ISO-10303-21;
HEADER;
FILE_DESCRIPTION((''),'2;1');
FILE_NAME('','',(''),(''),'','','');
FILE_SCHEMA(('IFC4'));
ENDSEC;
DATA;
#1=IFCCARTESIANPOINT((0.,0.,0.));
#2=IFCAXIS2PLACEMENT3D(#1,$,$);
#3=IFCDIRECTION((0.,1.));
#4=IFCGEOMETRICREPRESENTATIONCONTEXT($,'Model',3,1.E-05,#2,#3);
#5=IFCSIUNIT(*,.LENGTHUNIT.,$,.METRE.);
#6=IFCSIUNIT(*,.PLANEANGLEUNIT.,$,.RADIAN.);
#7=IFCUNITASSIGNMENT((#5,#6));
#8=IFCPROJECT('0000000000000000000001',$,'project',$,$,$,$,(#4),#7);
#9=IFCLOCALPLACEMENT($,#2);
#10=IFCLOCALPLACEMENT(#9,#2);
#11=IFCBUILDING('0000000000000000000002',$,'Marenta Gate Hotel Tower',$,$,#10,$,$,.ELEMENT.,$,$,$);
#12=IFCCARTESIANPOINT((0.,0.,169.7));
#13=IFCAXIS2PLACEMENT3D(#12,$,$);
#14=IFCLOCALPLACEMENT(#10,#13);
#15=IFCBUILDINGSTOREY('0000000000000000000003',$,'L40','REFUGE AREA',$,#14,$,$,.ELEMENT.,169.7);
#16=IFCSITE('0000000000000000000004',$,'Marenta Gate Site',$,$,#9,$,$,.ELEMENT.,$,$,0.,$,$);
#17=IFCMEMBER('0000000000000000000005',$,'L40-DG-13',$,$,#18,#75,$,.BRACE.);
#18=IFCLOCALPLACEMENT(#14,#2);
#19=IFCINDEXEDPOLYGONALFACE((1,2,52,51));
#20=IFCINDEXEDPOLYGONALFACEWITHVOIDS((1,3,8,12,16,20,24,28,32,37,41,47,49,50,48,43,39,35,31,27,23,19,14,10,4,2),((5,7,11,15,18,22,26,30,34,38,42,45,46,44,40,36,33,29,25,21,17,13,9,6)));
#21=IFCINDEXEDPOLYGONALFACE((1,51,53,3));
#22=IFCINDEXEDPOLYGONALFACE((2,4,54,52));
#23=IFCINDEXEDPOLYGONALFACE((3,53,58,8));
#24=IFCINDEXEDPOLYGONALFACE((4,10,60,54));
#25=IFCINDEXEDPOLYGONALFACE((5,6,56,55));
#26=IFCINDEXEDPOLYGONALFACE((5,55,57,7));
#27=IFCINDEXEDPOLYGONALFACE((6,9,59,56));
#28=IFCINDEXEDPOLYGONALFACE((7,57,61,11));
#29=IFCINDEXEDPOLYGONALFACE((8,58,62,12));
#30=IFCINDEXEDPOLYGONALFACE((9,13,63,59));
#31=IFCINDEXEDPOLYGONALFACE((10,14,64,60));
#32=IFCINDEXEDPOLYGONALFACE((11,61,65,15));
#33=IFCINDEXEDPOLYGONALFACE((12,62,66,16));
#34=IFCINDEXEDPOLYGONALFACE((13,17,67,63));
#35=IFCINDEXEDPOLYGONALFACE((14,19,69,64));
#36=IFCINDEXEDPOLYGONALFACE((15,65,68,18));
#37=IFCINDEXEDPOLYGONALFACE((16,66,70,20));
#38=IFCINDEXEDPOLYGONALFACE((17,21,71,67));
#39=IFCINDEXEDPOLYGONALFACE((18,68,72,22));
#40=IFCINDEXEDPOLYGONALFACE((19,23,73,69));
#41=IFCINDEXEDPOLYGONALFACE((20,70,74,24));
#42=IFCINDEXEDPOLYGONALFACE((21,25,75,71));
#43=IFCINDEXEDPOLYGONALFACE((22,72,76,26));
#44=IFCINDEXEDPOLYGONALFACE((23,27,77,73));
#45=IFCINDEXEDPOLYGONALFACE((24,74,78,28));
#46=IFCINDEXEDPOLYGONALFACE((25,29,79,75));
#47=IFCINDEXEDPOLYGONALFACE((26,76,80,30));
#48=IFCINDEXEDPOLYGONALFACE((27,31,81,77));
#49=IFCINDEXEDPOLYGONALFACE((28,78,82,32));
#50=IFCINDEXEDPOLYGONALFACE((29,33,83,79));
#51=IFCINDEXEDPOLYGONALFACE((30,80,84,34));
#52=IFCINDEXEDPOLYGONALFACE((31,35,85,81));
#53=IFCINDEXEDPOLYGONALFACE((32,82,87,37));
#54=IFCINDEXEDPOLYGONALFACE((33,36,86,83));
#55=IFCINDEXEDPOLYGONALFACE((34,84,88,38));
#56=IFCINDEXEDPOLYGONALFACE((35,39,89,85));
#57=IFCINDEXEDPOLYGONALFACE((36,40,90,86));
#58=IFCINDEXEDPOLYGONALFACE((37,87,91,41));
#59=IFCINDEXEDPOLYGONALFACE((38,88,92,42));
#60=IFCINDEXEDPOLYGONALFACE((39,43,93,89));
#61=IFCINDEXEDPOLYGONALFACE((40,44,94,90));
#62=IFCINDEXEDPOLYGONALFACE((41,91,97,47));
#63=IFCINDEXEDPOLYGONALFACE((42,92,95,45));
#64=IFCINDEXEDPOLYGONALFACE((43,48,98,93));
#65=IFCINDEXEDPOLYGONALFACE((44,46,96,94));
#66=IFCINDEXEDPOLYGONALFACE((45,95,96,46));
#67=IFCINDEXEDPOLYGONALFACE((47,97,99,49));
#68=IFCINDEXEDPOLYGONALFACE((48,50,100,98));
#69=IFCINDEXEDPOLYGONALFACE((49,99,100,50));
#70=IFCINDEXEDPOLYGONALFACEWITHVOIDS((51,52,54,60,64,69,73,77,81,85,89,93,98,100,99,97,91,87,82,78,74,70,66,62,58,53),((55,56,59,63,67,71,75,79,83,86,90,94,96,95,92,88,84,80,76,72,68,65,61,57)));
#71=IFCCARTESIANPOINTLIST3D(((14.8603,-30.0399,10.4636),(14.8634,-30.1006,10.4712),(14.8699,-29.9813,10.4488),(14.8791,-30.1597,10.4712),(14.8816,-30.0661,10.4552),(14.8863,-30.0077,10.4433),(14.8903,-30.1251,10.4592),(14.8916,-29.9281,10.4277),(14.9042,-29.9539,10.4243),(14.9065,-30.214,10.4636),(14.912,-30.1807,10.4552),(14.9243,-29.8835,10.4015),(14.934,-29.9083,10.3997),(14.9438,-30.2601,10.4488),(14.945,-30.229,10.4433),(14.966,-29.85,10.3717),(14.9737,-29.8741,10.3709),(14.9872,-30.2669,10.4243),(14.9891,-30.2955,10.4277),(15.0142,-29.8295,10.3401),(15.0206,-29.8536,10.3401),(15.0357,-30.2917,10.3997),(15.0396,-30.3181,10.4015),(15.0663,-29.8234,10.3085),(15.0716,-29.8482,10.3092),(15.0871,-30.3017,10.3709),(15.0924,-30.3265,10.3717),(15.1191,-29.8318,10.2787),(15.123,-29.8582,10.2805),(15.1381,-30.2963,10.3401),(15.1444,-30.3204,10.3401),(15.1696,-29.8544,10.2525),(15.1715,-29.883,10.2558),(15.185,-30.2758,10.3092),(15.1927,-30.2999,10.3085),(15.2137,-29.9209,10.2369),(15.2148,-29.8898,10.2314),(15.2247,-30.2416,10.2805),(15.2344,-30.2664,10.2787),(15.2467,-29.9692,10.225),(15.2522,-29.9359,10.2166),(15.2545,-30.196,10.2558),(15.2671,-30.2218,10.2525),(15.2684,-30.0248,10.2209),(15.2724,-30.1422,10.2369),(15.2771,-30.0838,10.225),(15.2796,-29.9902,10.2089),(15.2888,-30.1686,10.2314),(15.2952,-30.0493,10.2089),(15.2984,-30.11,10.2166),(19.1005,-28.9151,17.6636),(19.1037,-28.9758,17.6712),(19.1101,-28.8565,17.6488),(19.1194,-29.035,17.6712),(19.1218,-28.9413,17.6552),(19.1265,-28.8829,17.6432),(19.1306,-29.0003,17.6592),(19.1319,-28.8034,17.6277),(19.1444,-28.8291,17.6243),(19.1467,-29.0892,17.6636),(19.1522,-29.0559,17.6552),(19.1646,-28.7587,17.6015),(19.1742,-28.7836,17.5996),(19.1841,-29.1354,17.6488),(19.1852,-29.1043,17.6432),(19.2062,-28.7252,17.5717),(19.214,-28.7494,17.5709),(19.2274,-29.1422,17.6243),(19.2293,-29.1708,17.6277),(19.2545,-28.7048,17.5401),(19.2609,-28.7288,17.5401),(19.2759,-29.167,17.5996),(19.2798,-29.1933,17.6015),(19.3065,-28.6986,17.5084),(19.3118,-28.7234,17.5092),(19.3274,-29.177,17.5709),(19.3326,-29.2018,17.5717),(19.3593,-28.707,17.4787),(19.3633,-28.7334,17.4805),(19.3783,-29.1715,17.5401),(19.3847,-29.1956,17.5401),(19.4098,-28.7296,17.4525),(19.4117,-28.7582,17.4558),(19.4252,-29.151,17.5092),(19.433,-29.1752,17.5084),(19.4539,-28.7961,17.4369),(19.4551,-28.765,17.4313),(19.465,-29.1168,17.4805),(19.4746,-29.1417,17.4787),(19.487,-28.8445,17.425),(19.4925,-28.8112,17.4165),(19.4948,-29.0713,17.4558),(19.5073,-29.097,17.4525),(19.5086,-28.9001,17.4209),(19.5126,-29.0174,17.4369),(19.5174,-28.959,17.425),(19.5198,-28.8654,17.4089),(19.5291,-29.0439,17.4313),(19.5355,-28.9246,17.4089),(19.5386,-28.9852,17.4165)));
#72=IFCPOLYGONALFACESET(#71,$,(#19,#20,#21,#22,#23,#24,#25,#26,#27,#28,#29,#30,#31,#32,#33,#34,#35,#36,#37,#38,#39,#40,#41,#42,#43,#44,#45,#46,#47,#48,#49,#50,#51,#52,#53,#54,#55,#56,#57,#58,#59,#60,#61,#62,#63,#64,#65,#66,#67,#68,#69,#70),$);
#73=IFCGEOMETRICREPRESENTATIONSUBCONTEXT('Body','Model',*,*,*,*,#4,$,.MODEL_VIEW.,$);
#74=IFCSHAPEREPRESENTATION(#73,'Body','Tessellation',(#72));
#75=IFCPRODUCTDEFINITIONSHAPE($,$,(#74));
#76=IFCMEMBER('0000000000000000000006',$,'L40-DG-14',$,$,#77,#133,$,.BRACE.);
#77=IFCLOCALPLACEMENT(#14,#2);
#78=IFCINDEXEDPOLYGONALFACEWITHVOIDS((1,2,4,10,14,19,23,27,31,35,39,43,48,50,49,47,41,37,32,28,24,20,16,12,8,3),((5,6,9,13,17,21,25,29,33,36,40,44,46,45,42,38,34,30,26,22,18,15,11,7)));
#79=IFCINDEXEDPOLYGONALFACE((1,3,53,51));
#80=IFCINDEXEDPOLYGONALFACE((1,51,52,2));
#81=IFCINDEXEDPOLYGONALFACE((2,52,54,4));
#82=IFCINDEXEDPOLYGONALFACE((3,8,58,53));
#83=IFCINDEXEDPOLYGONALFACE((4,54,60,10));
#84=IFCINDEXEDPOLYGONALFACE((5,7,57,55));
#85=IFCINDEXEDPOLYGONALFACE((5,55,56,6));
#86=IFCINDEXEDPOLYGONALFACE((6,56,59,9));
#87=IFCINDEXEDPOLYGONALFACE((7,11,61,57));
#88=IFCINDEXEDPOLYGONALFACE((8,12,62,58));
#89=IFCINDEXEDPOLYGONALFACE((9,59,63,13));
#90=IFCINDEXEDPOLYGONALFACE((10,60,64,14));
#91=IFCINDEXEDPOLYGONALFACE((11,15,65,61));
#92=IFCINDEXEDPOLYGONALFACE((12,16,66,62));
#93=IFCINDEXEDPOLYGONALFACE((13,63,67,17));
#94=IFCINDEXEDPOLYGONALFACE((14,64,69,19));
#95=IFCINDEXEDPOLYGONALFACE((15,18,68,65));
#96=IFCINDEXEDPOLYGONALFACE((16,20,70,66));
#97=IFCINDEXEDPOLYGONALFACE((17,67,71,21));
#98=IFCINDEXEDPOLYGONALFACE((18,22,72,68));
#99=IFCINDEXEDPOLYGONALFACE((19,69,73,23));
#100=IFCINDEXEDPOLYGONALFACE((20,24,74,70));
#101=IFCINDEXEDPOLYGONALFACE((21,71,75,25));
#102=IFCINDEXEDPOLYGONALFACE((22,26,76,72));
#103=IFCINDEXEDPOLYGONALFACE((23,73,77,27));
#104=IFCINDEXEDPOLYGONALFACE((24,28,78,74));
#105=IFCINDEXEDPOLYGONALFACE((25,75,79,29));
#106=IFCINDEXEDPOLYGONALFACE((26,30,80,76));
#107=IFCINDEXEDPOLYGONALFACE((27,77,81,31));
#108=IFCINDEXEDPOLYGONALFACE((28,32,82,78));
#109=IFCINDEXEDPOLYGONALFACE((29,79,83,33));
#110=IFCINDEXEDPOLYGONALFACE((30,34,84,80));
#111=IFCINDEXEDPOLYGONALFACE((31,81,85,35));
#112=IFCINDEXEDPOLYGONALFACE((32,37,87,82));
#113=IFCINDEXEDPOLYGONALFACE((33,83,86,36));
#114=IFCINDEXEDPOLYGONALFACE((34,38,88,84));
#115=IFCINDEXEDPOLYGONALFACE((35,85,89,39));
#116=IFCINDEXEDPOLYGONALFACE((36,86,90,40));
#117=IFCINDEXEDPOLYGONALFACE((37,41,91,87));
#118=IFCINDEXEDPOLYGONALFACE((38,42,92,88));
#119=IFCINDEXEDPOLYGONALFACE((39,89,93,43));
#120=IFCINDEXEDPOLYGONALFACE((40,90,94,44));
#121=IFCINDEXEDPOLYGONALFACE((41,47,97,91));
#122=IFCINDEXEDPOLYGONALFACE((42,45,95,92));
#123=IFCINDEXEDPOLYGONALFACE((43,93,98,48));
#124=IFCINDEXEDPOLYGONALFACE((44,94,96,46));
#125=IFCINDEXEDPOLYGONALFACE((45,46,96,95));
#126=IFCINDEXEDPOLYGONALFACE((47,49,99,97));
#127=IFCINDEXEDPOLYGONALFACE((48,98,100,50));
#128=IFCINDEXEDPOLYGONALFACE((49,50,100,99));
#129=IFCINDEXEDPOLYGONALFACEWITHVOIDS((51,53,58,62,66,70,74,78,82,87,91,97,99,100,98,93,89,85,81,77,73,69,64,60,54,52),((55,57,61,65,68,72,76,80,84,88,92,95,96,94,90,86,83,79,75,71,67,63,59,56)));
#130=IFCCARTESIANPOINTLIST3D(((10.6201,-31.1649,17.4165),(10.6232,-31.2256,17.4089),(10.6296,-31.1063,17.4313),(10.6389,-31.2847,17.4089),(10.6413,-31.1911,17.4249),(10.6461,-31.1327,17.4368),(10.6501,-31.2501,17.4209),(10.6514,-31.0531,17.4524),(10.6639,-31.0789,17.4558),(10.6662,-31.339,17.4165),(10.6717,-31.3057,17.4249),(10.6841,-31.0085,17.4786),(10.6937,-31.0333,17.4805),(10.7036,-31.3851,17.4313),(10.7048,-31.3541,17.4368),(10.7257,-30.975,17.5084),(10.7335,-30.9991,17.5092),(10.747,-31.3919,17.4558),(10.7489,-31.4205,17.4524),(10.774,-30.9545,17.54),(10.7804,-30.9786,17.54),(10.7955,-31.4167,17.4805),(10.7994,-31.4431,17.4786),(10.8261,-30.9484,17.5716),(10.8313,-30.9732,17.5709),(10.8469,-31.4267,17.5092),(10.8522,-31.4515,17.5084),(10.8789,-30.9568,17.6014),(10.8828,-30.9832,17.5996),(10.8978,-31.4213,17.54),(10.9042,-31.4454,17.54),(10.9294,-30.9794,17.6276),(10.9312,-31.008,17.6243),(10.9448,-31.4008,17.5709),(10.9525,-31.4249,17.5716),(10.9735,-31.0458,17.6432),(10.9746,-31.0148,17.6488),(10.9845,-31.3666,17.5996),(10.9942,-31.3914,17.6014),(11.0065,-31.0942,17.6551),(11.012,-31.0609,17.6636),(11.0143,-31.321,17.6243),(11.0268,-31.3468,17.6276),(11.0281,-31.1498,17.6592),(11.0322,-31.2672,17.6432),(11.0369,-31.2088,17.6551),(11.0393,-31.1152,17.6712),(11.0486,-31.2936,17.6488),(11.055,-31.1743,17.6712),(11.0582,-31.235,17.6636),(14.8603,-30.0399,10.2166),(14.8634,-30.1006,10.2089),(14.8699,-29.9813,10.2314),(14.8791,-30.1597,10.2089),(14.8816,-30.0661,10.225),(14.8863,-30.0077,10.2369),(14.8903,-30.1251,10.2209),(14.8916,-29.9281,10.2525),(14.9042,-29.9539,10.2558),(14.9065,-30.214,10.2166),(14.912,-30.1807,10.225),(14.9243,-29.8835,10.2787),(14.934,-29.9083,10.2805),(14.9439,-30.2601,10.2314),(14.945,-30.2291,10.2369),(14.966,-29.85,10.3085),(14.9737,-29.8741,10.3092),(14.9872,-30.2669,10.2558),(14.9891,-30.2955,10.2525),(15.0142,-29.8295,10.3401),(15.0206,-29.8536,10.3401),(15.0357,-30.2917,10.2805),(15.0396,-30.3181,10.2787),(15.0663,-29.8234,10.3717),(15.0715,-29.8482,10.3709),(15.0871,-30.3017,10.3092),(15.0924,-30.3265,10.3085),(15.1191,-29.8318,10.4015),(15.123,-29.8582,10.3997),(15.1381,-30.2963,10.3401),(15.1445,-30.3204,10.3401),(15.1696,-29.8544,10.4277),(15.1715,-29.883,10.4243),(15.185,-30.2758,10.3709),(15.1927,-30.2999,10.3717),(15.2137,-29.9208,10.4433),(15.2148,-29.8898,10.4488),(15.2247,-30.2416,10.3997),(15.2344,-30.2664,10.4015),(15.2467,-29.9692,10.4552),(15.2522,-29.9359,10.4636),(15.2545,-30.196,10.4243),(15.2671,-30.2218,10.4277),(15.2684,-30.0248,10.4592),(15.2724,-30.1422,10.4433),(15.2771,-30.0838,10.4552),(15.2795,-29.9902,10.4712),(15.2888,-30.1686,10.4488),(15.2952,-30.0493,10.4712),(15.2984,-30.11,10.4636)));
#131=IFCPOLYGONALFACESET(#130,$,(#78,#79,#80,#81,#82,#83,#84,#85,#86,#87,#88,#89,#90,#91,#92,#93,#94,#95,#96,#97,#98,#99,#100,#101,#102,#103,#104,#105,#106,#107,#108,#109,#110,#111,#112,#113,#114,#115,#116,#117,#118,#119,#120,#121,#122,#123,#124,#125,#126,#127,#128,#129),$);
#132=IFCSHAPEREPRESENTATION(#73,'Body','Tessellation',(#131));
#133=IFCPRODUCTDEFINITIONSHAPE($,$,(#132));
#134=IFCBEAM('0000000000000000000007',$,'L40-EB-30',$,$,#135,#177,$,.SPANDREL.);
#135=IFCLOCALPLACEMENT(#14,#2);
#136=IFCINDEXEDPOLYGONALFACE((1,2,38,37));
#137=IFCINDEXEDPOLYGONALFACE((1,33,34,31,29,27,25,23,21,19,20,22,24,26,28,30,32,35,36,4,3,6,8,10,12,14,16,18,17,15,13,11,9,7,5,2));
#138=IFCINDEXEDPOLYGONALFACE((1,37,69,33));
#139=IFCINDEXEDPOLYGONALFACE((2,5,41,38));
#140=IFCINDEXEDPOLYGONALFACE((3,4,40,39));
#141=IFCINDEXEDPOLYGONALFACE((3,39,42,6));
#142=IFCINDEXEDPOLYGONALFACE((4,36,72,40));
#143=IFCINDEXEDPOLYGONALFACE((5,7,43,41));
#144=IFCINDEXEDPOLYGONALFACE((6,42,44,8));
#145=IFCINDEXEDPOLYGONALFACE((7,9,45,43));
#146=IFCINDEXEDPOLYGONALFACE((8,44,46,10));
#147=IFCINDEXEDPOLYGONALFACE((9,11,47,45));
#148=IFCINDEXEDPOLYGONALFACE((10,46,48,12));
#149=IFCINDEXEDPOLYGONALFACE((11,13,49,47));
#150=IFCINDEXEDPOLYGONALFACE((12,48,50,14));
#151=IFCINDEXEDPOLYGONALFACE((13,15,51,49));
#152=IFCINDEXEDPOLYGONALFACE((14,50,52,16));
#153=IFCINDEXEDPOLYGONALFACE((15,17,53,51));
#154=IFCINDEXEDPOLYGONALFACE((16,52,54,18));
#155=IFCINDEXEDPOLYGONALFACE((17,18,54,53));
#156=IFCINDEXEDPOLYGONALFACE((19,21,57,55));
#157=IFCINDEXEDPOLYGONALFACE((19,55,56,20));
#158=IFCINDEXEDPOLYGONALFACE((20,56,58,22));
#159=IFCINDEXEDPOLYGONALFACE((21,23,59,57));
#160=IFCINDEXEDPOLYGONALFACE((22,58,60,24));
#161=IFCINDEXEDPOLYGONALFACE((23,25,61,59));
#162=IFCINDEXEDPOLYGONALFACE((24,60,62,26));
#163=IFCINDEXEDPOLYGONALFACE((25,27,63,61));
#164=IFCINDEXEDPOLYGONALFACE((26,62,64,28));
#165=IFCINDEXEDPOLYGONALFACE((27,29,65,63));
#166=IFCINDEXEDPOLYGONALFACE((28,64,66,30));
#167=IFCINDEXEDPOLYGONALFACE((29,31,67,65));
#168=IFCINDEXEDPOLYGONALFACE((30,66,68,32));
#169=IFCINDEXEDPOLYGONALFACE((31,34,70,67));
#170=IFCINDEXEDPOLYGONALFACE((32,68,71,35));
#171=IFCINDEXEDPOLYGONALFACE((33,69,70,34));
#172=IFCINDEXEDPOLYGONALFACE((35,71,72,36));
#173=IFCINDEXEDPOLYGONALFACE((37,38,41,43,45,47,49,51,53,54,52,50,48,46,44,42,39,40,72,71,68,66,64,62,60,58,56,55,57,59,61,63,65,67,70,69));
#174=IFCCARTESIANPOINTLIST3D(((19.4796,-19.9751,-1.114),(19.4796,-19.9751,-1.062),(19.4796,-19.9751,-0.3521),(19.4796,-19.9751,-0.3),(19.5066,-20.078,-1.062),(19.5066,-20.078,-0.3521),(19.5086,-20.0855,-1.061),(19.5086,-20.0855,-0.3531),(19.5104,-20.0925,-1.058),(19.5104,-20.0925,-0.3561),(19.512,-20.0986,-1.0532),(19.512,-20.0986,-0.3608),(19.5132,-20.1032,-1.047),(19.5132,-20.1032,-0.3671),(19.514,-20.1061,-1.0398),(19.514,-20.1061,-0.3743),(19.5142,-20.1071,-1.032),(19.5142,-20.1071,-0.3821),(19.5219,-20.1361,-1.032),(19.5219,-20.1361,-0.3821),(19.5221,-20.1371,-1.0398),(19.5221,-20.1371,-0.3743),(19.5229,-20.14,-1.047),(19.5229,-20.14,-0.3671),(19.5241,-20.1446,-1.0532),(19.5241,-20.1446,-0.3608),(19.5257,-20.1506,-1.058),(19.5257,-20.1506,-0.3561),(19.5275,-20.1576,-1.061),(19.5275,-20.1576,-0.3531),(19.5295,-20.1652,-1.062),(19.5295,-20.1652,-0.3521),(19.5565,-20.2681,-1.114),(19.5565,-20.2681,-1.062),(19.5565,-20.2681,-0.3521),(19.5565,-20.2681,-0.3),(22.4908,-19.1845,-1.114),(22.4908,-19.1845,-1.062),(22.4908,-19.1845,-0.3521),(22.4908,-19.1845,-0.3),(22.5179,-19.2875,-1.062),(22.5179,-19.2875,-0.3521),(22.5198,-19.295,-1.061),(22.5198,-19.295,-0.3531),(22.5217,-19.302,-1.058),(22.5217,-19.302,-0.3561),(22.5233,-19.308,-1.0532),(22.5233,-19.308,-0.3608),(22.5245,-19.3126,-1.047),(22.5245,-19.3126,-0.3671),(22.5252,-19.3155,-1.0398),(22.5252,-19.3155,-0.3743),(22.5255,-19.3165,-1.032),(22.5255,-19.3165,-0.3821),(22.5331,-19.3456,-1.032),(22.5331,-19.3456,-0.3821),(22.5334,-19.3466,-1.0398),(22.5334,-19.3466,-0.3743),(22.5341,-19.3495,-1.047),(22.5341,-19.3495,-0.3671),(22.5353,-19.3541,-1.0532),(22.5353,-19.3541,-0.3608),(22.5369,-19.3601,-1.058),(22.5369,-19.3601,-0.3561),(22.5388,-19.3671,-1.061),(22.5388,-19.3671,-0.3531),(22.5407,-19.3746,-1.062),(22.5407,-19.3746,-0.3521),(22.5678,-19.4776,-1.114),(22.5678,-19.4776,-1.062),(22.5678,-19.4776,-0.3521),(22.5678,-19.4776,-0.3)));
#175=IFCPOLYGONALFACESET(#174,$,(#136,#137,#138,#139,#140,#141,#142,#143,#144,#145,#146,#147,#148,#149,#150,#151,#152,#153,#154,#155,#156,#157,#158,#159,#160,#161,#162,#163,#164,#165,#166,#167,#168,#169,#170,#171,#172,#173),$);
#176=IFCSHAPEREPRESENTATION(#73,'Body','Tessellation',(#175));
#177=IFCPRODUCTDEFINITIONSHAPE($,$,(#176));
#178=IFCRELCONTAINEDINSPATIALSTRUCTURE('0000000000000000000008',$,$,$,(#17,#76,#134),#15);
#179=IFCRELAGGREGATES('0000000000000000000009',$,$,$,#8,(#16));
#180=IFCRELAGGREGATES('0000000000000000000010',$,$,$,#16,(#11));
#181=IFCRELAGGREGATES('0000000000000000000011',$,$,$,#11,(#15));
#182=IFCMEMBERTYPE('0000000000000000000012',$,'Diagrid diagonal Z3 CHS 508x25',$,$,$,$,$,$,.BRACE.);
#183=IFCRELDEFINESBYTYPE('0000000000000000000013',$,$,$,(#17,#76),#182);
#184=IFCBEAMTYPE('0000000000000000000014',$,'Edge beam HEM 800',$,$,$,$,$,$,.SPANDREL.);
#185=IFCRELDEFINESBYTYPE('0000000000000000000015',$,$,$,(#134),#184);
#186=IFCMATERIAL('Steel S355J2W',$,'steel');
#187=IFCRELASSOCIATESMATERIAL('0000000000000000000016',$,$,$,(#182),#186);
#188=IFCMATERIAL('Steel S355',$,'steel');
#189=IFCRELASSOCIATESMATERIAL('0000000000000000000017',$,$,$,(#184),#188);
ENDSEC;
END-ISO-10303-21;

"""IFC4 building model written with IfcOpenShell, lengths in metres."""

from ifc_helpers import new_model, si_unit, direction, frame, origin, origin_2d, place, context, subcontext, project, spatial, hollow_circle, i_section, extrude, material, material_profile, profile_set, type_object, element, save


model = new_model("IFC4")

# Units and contexts
model_context = context("Model", 3, precision=1e-05, world=origin(), true_north=direction((0.0, 1.0)))
body_context = subcontext(model_context, "Body", "Model", "MODEL_VIEW")
ifc_project = project(units=[si_unit("LENGTHUNIT", "METRE"), si_unit("PLANEANGLEUNIT", "RADIAN")], contexts=[model_context])

# Site, building, storey
site_placement = place(None, origin())
site = spatial("IfcSite", under=ifc_project, at=site_placement, Name="Marenta Gate Site", CompositionType="ELEMENT", RefElevation=0.0)
building_placement = place(site_placement, origin())
building = spatial("IfcBuilding", under=site, at=building_placement, Name="Marenta Gate Hotel Tower", CompositionType="ELEMENT")
storey_placement = place(building_placement, frame((0.0, 0.0, 169.7)))
storey = spatial("IfcBuildingStorey", under=building, at=storey_placement, Name="L40", Description="REFUGE AREA", CompositionType="ELEMENT", Elevation=169.7)

# Members
ifc_material_1 = material(Name="Steel S355J2W", Category="steel")
ifc_material_profile_1 = material_profile(ifc_material_1, hollow_circle(Radius=0.2539, WallThickness=0.0249, at=origin_2d()), Name="CHS 508x25")
ifc_profile_set_1 = profile_set([ifc_material_profile_1], Name="Steel S355J2W")
member_type_1 = type_object("IfcMemberType", Name="Diagrid diagonal Z3 CHS 508x25", PredefinedType="BRACE", material=ifc_profile_set_1)
for number, where, z_axis, x_axis, name in (
    (1, (15.0793, -30.075, 10.3401), (0.502926, 0.133405, 0.853972), (-0.256391, 0.966573, 0.0), "L40-DG-13"),
    (2, (15.0793, -30.075, 10.3401), (-0.502924, -0.133434, 0.853969), (0.256443, -0.966559, 0.0), "L40-DG-14"),
):
    element("IfcMember", number, at=place(storey_placement, frame(where, z_axis=z_axis, x_axis=x_axis)), inside=storey, type_object=member_type_1, Name=name, PredefinedType="BRACE", context=body_context, shape_type="SweptSolid", body=[
        extrude(hollow_circle(Radius=0.2539, WallThickness=0.0249, at=origin_2d()), origin(), (0.0, 0.0, 1.0), 8.4312),
    ])

# Beam
ifc_material_2 = material(Name="Steel S355", Category="steel")
ifc_material_profile_2 = material_profile(ifc_material_2, i_section(OverallWidth=0.303, OverallDepth=0.814, WebThickness=0.03, FlangeThickness=0.052, FilletRadius=0.03, at=origin_2d()), Name="HEM 800")
ifc_profile_set_2 = profile_set([ifc_material_profile_2], Name="Steel S355")
beam_type_1 = type_object("IfcBeamType", Name="Edge beam HEM 800", PredefinedType="SPANDREL", material=ifc_profile_set_2)
beam_1_placement = place(storey_placement, frame((22.5293, -19.3311, -0.707), z_axis=(-0.967225, -0.253922, 0.0), x_axis=(0.253922, -0.967225, 0.0)))
element("IfcBeam", 3, at=beam_1_placement, inside=storey, type_object=beam_type_1, Name="L40-EB-30", PredefinedType="SPANDREL", context=body_context, shape_type="SweptSolid", body=[
    extrude(i_section(OverallWidth=0.303, OverallDepth=0.814, WebThickness=0.03, FlangeThickness=0.052, FilletRadius=0.03, at=origin_2d()), origin(), (0.0, 0.0, 1.0), 3.1133),
])

save(model, "model.ifc")
